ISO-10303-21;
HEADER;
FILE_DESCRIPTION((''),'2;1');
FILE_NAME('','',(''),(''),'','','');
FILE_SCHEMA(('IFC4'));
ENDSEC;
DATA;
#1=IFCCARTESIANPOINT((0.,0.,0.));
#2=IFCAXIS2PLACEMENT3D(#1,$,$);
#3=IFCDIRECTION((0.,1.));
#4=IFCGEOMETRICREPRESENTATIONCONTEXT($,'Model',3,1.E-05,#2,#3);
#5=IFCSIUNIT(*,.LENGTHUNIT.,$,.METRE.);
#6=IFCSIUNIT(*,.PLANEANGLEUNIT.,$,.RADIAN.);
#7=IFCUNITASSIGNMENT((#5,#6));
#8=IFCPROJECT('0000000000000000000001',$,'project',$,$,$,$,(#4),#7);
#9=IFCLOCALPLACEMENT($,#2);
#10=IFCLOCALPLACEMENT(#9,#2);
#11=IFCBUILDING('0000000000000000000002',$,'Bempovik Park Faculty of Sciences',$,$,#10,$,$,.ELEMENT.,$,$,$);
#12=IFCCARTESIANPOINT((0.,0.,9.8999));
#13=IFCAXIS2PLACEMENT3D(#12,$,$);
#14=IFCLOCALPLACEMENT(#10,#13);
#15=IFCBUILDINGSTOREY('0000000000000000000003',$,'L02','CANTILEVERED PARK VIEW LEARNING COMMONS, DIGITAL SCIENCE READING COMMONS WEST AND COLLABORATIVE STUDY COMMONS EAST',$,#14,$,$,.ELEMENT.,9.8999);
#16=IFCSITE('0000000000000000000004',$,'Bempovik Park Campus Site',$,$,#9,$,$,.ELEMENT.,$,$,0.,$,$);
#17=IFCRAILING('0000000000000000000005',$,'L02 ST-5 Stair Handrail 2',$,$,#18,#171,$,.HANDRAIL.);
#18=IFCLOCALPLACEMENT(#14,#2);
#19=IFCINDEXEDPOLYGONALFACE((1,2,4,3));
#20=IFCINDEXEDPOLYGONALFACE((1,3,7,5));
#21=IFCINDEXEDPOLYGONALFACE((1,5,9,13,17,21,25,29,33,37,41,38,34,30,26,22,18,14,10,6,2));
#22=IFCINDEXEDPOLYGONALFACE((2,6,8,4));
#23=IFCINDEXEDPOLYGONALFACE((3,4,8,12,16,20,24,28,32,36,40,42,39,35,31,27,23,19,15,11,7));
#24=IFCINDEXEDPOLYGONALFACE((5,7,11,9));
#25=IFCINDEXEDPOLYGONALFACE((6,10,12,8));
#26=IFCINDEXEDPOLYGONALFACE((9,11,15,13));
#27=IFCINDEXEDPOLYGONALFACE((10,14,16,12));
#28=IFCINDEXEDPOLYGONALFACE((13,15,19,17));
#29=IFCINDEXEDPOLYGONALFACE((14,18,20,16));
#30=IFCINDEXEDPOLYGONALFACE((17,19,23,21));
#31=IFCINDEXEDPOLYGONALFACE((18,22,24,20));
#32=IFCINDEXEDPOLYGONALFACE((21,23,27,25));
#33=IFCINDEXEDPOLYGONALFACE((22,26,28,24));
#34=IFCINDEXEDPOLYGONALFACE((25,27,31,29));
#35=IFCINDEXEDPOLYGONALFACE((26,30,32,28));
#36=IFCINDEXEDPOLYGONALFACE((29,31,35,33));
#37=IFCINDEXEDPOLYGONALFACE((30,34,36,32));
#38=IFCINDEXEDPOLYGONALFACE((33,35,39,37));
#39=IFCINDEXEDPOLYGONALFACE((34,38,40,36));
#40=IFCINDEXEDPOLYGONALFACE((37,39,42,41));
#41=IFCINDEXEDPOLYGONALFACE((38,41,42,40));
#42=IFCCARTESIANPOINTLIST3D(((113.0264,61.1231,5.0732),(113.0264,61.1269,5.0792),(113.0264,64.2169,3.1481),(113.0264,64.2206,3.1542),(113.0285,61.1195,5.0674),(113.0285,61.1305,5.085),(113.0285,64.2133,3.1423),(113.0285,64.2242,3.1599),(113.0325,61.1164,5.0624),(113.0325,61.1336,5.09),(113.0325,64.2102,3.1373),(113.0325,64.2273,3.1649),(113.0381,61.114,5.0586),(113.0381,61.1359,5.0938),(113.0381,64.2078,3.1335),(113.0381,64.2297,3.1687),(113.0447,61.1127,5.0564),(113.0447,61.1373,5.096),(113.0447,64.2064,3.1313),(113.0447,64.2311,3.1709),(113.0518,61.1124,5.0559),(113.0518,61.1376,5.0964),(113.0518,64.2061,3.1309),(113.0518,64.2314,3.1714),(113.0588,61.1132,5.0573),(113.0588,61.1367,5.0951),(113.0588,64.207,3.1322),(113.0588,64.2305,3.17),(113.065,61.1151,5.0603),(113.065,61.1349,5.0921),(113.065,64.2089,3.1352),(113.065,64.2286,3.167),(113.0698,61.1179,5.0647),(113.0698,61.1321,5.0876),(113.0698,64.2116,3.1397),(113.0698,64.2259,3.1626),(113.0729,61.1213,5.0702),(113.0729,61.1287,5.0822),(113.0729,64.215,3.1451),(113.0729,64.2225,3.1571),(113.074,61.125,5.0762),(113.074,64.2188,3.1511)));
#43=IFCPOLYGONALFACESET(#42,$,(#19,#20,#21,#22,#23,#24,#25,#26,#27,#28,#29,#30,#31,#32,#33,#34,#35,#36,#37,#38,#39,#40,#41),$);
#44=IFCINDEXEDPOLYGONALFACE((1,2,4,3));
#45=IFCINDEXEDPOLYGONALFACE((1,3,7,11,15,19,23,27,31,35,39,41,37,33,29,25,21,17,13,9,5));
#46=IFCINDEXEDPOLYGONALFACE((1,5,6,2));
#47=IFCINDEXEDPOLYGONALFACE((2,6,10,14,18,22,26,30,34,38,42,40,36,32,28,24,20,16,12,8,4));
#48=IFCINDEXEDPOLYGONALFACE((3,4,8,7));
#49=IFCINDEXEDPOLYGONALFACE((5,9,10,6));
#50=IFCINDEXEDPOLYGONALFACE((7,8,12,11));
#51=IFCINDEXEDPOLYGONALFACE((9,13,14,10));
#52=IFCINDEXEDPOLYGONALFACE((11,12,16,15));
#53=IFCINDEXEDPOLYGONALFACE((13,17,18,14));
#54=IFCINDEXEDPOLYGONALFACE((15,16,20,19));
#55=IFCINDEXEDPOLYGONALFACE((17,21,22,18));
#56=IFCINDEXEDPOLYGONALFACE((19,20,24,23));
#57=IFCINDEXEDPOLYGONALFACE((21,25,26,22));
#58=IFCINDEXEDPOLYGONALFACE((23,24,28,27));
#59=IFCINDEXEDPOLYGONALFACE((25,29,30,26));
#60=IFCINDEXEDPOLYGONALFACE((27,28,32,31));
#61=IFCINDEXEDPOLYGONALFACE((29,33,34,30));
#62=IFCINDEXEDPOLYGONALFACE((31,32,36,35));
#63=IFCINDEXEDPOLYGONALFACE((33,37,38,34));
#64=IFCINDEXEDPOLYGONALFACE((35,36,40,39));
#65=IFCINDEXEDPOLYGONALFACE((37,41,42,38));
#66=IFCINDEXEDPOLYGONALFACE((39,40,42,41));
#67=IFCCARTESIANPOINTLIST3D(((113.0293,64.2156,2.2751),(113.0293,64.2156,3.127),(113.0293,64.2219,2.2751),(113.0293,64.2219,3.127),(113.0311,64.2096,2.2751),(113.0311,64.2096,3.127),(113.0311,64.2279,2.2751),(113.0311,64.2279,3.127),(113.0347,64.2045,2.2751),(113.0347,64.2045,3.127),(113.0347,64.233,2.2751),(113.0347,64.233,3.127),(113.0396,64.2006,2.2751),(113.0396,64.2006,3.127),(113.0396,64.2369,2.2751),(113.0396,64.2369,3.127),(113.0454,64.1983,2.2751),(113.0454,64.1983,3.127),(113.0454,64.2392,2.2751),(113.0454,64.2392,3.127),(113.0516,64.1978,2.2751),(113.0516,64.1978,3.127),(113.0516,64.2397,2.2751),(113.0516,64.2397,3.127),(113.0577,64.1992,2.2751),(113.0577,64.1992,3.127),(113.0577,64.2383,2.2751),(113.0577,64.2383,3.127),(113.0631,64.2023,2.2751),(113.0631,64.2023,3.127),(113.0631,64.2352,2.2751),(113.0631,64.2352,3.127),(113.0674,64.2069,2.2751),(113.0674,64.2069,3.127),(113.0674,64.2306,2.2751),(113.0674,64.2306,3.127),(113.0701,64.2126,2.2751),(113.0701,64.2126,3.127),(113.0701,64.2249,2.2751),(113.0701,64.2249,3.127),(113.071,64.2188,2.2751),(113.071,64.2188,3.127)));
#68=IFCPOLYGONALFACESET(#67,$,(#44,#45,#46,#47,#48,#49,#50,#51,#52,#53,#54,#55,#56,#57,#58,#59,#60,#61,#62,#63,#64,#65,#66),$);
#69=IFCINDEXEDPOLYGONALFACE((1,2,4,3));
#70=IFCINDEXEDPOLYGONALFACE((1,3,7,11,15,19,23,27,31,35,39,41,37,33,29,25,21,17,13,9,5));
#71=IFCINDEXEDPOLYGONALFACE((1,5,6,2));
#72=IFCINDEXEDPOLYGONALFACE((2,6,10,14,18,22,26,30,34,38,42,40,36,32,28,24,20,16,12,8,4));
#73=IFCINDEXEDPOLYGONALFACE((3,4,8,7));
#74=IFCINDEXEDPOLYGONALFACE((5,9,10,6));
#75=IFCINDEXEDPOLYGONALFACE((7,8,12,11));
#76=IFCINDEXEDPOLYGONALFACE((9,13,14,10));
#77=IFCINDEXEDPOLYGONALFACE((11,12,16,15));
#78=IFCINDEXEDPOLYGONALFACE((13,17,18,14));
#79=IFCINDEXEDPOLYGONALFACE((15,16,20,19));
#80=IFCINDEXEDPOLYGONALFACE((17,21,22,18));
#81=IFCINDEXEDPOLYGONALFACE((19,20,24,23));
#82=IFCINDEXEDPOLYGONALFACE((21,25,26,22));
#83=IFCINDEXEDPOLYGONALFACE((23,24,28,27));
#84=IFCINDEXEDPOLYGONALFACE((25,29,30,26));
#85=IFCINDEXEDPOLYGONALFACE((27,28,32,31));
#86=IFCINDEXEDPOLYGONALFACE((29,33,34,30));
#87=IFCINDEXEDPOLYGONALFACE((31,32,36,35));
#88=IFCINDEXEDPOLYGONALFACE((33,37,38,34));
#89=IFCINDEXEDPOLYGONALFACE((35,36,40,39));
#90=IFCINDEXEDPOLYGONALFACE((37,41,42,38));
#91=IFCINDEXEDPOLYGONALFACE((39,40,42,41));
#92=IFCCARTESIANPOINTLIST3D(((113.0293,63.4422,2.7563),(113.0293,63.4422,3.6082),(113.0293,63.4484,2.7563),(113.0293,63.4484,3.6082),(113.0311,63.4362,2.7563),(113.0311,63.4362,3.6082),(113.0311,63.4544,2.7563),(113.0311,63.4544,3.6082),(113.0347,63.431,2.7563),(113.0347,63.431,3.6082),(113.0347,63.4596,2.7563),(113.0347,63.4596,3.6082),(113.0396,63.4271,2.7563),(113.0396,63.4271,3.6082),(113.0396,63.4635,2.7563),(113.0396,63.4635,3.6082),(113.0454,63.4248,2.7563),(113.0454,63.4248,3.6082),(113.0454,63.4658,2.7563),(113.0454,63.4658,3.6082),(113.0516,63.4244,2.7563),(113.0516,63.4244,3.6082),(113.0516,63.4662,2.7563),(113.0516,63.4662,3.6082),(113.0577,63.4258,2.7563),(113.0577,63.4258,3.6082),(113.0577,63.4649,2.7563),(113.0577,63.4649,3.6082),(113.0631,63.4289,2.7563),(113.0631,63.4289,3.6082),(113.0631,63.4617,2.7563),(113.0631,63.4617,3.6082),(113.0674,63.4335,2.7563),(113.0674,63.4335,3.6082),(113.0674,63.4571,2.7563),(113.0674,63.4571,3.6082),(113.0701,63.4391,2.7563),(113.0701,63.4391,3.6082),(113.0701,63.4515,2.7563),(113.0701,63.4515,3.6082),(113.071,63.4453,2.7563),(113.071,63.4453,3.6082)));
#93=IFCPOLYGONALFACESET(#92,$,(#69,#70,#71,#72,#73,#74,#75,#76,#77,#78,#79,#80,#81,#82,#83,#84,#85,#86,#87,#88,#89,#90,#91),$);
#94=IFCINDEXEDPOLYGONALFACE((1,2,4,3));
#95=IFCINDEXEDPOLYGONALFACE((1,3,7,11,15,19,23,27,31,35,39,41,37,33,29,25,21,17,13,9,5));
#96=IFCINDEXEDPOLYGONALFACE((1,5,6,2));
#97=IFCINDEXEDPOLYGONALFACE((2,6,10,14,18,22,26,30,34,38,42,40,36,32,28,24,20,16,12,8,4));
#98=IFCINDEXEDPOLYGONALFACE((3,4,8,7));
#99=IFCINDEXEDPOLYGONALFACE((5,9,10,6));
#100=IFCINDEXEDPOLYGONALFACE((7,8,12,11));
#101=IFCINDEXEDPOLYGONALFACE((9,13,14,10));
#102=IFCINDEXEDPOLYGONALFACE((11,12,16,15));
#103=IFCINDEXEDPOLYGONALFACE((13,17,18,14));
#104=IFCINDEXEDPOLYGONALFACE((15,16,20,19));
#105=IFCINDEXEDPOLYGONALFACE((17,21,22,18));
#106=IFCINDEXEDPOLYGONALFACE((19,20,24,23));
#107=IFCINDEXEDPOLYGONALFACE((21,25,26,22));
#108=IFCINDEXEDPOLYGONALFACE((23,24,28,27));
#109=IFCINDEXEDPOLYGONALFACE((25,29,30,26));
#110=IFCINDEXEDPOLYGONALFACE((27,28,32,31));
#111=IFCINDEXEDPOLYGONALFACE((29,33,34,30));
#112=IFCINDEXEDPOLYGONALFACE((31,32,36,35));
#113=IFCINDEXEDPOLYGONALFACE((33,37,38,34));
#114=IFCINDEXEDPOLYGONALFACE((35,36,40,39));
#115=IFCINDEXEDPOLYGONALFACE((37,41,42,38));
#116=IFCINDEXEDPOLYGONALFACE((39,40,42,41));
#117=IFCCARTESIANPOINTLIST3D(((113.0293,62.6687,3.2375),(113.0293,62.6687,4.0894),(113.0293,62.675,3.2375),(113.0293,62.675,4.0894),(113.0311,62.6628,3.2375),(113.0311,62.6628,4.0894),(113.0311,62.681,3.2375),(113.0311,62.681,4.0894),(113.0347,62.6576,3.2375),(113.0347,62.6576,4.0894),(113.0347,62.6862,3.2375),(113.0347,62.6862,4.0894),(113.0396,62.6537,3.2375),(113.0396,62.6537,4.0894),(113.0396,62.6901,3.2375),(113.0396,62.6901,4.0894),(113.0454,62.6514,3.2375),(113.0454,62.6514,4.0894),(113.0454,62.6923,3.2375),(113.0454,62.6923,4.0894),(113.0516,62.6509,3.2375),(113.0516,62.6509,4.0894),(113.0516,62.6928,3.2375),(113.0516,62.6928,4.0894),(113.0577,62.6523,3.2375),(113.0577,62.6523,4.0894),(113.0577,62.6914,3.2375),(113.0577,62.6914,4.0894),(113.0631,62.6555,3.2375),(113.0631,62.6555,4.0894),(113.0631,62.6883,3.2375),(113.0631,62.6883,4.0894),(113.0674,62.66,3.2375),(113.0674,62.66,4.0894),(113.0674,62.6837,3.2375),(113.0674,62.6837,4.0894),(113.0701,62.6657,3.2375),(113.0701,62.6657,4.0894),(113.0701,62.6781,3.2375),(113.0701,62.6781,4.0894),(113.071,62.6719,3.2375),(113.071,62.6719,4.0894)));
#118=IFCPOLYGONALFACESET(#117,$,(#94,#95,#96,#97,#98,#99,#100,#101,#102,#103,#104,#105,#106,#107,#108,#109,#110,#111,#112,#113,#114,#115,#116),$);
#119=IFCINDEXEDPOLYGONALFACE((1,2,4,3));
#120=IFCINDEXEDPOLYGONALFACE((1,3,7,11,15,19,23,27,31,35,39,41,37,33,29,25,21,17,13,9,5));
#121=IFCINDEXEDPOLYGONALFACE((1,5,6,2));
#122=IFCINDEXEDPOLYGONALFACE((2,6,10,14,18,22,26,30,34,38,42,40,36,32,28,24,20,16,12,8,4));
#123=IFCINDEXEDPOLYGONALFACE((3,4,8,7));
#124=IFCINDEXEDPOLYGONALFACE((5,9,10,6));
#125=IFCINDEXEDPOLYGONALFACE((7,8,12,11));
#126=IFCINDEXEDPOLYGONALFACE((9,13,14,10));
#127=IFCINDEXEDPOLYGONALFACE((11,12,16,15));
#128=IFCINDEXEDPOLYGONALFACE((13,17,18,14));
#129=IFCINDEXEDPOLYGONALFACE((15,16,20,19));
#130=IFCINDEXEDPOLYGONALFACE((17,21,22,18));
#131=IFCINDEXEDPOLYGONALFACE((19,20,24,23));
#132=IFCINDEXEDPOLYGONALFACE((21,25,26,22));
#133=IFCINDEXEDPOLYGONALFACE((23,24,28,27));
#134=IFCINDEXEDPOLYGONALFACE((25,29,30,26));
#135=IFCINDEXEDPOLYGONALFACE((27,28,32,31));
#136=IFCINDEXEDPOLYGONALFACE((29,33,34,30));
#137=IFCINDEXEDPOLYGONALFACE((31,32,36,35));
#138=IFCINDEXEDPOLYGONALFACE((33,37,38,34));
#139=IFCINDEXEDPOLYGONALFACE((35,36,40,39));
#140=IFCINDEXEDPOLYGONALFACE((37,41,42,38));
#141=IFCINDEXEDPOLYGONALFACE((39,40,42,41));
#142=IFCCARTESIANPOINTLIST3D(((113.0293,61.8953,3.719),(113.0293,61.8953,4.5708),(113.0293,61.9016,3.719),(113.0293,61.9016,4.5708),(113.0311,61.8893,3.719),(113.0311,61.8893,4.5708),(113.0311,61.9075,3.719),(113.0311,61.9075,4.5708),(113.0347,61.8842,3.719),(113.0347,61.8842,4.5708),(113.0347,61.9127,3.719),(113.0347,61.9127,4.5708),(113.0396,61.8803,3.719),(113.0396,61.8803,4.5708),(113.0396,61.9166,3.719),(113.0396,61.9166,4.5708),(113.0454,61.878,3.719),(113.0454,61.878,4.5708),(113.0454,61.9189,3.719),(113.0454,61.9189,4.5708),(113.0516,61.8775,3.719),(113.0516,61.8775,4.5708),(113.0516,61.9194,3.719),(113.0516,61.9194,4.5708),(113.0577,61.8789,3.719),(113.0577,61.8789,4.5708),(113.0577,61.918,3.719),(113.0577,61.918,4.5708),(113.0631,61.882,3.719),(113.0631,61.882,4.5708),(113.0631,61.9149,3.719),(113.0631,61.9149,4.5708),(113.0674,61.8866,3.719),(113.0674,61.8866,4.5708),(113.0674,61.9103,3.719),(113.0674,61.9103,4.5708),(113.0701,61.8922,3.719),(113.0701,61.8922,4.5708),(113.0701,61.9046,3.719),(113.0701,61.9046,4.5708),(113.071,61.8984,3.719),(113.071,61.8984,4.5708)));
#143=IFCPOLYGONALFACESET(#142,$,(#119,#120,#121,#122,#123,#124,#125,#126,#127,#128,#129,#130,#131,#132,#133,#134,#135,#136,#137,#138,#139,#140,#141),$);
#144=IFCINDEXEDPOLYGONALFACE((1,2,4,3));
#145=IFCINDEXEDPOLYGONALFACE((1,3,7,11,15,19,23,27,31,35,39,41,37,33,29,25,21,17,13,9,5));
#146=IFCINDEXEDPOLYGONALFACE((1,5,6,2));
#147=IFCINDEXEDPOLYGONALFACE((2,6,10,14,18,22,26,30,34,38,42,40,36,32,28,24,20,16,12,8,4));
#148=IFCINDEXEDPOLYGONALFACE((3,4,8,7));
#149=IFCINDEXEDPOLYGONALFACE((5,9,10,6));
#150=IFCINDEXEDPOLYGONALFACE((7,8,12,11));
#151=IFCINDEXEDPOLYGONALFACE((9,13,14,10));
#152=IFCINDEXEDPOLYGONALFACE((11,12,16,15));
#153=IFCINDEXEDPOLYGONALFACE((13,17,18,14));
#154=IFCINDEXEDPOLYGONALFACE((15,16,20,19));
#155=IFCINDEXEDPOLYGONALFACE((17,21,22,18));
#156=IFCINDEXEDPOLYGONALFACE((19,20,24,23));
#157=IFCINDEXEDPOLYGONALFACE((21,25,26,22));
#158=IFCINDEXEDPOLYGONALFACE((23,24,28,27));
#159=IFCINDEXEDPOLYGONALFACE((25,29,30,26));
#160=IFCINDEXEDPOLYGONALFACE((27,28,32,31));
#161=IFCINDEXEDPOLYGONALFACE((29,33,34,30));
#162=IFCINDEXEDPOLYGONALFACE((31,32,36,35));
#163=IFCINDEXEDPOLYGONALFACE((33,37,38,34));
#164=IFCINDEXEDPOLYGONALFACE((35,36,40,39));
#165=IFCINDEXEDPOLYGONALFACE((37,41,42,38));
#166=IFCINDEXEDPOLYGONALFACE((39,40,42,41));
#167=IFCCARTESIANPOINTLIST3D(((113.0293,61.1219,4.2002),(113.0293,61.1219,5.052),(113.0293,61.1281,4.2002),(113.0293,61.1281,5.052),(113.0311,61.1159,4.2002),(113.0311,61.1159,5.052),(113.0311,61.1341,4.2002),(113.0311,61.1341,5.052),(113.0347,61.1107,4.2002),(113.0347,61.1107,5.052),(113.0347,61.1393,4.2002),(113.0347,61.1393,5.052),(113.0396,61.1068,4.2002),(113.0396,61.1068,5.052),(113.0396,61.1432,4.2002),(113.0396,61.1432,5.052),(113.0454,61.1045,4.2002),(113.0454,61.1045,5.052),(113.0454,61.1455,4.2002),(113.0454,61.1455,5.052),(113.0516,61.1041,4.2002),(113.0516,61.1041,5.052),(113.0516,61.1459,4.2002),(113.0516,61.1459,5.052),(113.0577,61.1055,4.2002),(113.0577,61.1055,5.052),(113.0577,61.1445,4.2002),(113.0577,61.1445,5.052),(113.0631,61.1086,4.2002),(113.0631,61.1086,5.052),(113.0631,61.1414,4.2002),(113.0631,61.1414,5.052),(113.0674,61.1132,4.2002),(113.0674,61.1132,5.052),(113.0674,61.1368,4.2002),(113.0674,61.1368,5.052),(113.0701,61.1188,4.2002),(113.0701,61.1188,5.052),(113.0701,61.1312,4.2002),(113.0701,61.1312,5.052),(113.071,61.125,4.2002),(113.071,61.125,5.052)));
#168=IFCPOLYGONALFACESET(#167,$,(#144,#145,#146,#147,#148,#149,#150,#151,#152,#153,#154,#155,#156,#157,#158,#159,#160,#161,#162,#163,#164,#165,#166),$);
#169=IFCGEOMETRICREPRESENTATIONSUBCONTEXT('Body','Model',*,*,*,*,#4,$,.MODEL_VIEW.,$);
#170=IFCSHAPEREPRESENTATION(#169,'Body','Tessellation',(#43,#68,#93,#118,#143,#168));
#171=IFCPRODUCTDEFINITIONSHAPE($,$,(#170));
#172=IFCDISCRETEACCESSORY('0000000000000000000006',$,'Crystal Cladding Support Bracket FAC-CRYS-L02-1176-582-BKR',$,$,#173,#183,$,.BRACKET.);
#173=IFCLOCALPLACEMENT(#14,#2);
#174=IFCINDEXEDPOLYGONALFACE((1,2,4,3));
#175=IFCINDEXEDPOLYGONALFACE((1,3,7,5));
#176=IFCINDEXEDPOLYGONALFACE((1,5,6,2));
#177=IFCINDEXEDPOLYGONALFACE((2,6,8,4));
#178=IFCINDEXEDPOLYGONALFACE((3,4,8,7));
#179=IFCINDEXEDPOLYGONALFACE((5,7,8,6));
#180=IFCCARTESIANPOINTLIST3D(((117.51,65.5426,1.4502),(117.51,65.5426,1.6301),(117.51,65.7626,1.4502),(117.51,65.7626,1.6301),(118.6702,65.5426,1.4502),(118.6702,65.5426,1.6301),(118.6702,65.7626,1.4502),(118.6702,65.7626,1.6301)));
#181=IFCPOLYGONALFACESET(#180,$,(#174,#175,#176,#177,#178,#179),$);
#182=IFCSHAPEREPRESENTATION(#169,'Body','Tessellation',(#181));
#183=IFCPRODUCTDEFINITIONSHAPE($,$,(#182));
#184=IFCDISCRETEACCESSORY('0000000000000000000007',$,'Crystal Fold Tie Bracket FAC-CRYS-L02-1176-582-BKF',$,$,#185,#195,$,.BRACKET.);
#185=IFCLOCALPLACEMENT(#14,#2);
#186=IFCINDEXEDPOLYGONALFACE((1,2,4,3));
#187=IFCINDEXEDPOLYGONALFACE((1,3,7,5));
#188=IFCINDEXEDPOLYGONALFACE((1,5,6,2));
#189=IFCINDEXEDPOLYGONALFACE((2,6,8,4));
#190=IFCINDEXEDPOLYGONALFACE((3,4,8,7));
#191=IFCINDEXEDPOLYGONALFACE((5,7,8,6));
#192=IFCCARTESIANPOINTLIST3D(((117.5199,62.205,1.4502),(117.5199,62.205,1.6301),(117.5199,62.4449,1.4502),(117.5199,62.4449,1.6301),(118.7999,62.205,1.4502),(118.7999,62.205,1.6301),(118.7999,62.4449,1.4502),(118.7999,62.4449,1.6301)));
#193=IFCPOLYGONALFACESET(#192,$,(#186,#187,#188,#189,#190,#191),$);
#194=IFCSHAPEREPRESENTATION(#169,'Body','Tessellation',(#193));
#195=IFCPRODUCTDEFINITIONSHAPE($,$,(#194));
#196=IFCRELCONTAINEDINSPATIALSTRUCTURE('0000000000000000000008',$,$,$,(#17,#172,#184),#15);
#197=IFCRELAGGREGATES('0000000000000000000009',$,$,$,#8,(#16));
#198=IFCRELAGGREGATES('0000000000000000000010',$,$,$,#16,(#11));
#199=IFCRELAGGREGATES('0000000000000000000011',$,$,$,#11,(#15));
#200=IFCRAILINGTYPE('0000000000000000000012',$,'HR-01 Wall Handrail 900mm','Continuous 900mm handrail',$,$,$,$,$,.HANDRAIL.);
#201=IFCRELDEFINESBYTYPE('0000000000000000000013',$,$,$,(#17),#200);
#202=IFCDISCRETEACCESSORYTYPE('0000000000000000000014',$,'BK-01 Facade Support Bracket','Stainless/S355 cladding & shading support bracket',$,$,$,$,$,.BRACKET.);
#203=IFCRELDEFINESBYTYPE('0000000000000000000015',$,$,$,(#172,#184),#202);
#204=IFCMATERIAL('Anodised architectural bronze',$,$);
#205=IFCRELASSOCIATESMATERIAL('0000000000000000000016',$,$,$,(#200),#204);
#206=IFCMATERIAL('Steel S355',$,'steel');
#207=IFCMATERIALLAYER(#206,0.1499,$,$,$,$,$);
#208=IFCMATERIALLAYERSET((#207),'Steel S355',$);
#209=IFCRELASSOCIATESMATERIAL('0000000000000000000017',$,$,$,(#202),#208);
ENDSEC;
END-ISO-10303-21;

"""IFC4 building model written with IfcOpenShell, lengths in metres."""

from ifc_helpers import new_model, si_unit, direction, frame, origin, origin_2d, place, context, subcontext, project, spatial, rectangle, circle, extrude, material, layer, layer_set, type_object, element, save


model = new_model("IFC4")

# Units and contexts
model_context = context("Model", 3, precision=1e-05, world=origin(), true_north=direction((0.0, 1.0)))
body_context = subcontext(model_context, "Body", "Model", "MODEL_VIEW")
ifc_project = project(units=[si_unit("LENGTHUNIT", "METRE"), si_unit("PLANEANGLEUNIT", "RADIAN")], contexts=[model_context])

# Site, building, storey
site_placement = place(None, origin())
site = spatial("IfcSite", under=ifc_project, at=site_placement, Name="Bempovik Park Campus Site", CompositionType="ELEMENT", RefElevation=0.0)
building_placement = place(site_placement, origin())
building = spatial("IfcBuilding", under=site, at=building_placement, Name="Bempovik Park Faculty of Sciences", CompositionType="ELEMENT")
storey_placement = place(building_placement, frame((0.0, 0.0, 9.8999)))
storey = spatial("IfcBuildingStorey", under=building, at=storey_placement, Name="L02", Description="CANTILEVERED PARK VIEW LEARNING COMMONS, DIGITAL SCIENCE READING COMMONS WEST AND COLLABORATIVE STUDY COMMONS EAST", CompositionType="ELEMENT", Elevation=9.8999)

# Shared definitions
ifc_material_1 = material(Name="Steel S355", Category="steel")

# Railing
ifc_material_2 = material(Name="Anodised architectural bronze")
railing_type_1 = type_object("IfcRailingType", Name="HR-01 Wall Handrail 900mm", Description="Continuous 900mm handrail", PredefinedType="HANDRAIL", material=ifc_material_2)
railing_1_placement = place(storey_placement, frame((113.05, 64.2188, 2.2751)))
element("IfcRailing", 1, at=railing_1_placement, inside=storey, type_object=railing_type_1, Name="L02 ST-5 Stair Handrail 2", PredefinedType="HANDRAIL", context=body_context, shape_type="SweptSolid", body=[
    extrude(circle(Radius=0.0239, at=origin_2d()), frame((0.0, 0.0, 0.876), z_axis=(0.0, -0.849051, 0.528312), x_axis=(1.0, 0.0, 0.0)), (0.0, 0.0, 1.0), 3.6438),
    extrude(circle(Radius=0.021, at=origin_2d()), origin(), (0.0, 0.0, 1.0), 0.8518),
    extrude(circle(Radius=0.021, at=origin_2d()), frame((0.0, -0.7734, 0.4812)), (0.0, 0.0, 1.0), 0.8518),
    extrude(circle(Radius=0.021, at=origin_2d()), frame((0.0, -1.5469, 0.9624)), (0.0, 0.0, 1.0), 0.8518),
    extrude(circle(Radius=0.021, at=origin_2d()), frame((0.0, -2.3203, 1.4438)), (0.0, 0.0, 1.0), 0.8518),
    extrude(circle(Radius=0.021, at=origin_2d()), frame((0.0, -3.0938, 1.925)), (0.0, 0.0, 1.0), 0.8518),
])

# Discrete accessories
ifc_layer_1 = layer(ifc_material_1, 0.1499)
ifc_layer_set_1 = layer_set([ifc_layer_1], Name="Steel S355")
discrete_accessory_type = type_object("IfcDiscreteAccessoryType", Name="BK-01 Facade Support Bracket", Description="Stainless/S355 cladding & shading support bracket", PredefinedType="BRACKET", material=ifc_layer_set_1)
discrete_accessory_1_placement = place(storey_placement, frame((118.0901, 65.6526, 1.4502), z_axis=(0.0, 0.0, 1.0), x_axis=(1.0, 0.0, 0.0)))
element("IfcDiscreteAccessory", 2, at=discrete_accessory_1_placement, inside=storey, type_object=discrete_accessory_type, Name="Crystal Cladding Support Bracket FAC-CRYS-L02-1176-582-BKR", PredefinedType="BRACKET", context=body_context, shape_type="SweptSolid", body=[
    extrude(rectangle(XDim=1.1602, YDim=0.22, at=origin_2d()), origin(), (0.0, 0.0, 1.0), 0.1799),
])
discrete_accessory_2_placement = place(storey_placement, frame((118.1599, 62.325, 1.4502), z_axis=(0.0, 0.0, 1.0), x_axis=(1.0, 0.0, 0.0)))
element("IfcDiscreteAccessory", 3, at=discrete_accessory_2_placement, inside=storey, type_object=discrete_accessory_type, Name="Crystal Fold Tie Bracket FAC-CRYS-L02-1176-582-BKF", PredefinedType="BRACKET", context=body_context, shape_type="SweptSolid", body=[
    extrude(rectangle(XDim=1.28, YDim=0.24, at=origin_2d()), origin(), (0.0, 0.0, 1.0), 0.1799),
])

save(model, "model.ifc")
